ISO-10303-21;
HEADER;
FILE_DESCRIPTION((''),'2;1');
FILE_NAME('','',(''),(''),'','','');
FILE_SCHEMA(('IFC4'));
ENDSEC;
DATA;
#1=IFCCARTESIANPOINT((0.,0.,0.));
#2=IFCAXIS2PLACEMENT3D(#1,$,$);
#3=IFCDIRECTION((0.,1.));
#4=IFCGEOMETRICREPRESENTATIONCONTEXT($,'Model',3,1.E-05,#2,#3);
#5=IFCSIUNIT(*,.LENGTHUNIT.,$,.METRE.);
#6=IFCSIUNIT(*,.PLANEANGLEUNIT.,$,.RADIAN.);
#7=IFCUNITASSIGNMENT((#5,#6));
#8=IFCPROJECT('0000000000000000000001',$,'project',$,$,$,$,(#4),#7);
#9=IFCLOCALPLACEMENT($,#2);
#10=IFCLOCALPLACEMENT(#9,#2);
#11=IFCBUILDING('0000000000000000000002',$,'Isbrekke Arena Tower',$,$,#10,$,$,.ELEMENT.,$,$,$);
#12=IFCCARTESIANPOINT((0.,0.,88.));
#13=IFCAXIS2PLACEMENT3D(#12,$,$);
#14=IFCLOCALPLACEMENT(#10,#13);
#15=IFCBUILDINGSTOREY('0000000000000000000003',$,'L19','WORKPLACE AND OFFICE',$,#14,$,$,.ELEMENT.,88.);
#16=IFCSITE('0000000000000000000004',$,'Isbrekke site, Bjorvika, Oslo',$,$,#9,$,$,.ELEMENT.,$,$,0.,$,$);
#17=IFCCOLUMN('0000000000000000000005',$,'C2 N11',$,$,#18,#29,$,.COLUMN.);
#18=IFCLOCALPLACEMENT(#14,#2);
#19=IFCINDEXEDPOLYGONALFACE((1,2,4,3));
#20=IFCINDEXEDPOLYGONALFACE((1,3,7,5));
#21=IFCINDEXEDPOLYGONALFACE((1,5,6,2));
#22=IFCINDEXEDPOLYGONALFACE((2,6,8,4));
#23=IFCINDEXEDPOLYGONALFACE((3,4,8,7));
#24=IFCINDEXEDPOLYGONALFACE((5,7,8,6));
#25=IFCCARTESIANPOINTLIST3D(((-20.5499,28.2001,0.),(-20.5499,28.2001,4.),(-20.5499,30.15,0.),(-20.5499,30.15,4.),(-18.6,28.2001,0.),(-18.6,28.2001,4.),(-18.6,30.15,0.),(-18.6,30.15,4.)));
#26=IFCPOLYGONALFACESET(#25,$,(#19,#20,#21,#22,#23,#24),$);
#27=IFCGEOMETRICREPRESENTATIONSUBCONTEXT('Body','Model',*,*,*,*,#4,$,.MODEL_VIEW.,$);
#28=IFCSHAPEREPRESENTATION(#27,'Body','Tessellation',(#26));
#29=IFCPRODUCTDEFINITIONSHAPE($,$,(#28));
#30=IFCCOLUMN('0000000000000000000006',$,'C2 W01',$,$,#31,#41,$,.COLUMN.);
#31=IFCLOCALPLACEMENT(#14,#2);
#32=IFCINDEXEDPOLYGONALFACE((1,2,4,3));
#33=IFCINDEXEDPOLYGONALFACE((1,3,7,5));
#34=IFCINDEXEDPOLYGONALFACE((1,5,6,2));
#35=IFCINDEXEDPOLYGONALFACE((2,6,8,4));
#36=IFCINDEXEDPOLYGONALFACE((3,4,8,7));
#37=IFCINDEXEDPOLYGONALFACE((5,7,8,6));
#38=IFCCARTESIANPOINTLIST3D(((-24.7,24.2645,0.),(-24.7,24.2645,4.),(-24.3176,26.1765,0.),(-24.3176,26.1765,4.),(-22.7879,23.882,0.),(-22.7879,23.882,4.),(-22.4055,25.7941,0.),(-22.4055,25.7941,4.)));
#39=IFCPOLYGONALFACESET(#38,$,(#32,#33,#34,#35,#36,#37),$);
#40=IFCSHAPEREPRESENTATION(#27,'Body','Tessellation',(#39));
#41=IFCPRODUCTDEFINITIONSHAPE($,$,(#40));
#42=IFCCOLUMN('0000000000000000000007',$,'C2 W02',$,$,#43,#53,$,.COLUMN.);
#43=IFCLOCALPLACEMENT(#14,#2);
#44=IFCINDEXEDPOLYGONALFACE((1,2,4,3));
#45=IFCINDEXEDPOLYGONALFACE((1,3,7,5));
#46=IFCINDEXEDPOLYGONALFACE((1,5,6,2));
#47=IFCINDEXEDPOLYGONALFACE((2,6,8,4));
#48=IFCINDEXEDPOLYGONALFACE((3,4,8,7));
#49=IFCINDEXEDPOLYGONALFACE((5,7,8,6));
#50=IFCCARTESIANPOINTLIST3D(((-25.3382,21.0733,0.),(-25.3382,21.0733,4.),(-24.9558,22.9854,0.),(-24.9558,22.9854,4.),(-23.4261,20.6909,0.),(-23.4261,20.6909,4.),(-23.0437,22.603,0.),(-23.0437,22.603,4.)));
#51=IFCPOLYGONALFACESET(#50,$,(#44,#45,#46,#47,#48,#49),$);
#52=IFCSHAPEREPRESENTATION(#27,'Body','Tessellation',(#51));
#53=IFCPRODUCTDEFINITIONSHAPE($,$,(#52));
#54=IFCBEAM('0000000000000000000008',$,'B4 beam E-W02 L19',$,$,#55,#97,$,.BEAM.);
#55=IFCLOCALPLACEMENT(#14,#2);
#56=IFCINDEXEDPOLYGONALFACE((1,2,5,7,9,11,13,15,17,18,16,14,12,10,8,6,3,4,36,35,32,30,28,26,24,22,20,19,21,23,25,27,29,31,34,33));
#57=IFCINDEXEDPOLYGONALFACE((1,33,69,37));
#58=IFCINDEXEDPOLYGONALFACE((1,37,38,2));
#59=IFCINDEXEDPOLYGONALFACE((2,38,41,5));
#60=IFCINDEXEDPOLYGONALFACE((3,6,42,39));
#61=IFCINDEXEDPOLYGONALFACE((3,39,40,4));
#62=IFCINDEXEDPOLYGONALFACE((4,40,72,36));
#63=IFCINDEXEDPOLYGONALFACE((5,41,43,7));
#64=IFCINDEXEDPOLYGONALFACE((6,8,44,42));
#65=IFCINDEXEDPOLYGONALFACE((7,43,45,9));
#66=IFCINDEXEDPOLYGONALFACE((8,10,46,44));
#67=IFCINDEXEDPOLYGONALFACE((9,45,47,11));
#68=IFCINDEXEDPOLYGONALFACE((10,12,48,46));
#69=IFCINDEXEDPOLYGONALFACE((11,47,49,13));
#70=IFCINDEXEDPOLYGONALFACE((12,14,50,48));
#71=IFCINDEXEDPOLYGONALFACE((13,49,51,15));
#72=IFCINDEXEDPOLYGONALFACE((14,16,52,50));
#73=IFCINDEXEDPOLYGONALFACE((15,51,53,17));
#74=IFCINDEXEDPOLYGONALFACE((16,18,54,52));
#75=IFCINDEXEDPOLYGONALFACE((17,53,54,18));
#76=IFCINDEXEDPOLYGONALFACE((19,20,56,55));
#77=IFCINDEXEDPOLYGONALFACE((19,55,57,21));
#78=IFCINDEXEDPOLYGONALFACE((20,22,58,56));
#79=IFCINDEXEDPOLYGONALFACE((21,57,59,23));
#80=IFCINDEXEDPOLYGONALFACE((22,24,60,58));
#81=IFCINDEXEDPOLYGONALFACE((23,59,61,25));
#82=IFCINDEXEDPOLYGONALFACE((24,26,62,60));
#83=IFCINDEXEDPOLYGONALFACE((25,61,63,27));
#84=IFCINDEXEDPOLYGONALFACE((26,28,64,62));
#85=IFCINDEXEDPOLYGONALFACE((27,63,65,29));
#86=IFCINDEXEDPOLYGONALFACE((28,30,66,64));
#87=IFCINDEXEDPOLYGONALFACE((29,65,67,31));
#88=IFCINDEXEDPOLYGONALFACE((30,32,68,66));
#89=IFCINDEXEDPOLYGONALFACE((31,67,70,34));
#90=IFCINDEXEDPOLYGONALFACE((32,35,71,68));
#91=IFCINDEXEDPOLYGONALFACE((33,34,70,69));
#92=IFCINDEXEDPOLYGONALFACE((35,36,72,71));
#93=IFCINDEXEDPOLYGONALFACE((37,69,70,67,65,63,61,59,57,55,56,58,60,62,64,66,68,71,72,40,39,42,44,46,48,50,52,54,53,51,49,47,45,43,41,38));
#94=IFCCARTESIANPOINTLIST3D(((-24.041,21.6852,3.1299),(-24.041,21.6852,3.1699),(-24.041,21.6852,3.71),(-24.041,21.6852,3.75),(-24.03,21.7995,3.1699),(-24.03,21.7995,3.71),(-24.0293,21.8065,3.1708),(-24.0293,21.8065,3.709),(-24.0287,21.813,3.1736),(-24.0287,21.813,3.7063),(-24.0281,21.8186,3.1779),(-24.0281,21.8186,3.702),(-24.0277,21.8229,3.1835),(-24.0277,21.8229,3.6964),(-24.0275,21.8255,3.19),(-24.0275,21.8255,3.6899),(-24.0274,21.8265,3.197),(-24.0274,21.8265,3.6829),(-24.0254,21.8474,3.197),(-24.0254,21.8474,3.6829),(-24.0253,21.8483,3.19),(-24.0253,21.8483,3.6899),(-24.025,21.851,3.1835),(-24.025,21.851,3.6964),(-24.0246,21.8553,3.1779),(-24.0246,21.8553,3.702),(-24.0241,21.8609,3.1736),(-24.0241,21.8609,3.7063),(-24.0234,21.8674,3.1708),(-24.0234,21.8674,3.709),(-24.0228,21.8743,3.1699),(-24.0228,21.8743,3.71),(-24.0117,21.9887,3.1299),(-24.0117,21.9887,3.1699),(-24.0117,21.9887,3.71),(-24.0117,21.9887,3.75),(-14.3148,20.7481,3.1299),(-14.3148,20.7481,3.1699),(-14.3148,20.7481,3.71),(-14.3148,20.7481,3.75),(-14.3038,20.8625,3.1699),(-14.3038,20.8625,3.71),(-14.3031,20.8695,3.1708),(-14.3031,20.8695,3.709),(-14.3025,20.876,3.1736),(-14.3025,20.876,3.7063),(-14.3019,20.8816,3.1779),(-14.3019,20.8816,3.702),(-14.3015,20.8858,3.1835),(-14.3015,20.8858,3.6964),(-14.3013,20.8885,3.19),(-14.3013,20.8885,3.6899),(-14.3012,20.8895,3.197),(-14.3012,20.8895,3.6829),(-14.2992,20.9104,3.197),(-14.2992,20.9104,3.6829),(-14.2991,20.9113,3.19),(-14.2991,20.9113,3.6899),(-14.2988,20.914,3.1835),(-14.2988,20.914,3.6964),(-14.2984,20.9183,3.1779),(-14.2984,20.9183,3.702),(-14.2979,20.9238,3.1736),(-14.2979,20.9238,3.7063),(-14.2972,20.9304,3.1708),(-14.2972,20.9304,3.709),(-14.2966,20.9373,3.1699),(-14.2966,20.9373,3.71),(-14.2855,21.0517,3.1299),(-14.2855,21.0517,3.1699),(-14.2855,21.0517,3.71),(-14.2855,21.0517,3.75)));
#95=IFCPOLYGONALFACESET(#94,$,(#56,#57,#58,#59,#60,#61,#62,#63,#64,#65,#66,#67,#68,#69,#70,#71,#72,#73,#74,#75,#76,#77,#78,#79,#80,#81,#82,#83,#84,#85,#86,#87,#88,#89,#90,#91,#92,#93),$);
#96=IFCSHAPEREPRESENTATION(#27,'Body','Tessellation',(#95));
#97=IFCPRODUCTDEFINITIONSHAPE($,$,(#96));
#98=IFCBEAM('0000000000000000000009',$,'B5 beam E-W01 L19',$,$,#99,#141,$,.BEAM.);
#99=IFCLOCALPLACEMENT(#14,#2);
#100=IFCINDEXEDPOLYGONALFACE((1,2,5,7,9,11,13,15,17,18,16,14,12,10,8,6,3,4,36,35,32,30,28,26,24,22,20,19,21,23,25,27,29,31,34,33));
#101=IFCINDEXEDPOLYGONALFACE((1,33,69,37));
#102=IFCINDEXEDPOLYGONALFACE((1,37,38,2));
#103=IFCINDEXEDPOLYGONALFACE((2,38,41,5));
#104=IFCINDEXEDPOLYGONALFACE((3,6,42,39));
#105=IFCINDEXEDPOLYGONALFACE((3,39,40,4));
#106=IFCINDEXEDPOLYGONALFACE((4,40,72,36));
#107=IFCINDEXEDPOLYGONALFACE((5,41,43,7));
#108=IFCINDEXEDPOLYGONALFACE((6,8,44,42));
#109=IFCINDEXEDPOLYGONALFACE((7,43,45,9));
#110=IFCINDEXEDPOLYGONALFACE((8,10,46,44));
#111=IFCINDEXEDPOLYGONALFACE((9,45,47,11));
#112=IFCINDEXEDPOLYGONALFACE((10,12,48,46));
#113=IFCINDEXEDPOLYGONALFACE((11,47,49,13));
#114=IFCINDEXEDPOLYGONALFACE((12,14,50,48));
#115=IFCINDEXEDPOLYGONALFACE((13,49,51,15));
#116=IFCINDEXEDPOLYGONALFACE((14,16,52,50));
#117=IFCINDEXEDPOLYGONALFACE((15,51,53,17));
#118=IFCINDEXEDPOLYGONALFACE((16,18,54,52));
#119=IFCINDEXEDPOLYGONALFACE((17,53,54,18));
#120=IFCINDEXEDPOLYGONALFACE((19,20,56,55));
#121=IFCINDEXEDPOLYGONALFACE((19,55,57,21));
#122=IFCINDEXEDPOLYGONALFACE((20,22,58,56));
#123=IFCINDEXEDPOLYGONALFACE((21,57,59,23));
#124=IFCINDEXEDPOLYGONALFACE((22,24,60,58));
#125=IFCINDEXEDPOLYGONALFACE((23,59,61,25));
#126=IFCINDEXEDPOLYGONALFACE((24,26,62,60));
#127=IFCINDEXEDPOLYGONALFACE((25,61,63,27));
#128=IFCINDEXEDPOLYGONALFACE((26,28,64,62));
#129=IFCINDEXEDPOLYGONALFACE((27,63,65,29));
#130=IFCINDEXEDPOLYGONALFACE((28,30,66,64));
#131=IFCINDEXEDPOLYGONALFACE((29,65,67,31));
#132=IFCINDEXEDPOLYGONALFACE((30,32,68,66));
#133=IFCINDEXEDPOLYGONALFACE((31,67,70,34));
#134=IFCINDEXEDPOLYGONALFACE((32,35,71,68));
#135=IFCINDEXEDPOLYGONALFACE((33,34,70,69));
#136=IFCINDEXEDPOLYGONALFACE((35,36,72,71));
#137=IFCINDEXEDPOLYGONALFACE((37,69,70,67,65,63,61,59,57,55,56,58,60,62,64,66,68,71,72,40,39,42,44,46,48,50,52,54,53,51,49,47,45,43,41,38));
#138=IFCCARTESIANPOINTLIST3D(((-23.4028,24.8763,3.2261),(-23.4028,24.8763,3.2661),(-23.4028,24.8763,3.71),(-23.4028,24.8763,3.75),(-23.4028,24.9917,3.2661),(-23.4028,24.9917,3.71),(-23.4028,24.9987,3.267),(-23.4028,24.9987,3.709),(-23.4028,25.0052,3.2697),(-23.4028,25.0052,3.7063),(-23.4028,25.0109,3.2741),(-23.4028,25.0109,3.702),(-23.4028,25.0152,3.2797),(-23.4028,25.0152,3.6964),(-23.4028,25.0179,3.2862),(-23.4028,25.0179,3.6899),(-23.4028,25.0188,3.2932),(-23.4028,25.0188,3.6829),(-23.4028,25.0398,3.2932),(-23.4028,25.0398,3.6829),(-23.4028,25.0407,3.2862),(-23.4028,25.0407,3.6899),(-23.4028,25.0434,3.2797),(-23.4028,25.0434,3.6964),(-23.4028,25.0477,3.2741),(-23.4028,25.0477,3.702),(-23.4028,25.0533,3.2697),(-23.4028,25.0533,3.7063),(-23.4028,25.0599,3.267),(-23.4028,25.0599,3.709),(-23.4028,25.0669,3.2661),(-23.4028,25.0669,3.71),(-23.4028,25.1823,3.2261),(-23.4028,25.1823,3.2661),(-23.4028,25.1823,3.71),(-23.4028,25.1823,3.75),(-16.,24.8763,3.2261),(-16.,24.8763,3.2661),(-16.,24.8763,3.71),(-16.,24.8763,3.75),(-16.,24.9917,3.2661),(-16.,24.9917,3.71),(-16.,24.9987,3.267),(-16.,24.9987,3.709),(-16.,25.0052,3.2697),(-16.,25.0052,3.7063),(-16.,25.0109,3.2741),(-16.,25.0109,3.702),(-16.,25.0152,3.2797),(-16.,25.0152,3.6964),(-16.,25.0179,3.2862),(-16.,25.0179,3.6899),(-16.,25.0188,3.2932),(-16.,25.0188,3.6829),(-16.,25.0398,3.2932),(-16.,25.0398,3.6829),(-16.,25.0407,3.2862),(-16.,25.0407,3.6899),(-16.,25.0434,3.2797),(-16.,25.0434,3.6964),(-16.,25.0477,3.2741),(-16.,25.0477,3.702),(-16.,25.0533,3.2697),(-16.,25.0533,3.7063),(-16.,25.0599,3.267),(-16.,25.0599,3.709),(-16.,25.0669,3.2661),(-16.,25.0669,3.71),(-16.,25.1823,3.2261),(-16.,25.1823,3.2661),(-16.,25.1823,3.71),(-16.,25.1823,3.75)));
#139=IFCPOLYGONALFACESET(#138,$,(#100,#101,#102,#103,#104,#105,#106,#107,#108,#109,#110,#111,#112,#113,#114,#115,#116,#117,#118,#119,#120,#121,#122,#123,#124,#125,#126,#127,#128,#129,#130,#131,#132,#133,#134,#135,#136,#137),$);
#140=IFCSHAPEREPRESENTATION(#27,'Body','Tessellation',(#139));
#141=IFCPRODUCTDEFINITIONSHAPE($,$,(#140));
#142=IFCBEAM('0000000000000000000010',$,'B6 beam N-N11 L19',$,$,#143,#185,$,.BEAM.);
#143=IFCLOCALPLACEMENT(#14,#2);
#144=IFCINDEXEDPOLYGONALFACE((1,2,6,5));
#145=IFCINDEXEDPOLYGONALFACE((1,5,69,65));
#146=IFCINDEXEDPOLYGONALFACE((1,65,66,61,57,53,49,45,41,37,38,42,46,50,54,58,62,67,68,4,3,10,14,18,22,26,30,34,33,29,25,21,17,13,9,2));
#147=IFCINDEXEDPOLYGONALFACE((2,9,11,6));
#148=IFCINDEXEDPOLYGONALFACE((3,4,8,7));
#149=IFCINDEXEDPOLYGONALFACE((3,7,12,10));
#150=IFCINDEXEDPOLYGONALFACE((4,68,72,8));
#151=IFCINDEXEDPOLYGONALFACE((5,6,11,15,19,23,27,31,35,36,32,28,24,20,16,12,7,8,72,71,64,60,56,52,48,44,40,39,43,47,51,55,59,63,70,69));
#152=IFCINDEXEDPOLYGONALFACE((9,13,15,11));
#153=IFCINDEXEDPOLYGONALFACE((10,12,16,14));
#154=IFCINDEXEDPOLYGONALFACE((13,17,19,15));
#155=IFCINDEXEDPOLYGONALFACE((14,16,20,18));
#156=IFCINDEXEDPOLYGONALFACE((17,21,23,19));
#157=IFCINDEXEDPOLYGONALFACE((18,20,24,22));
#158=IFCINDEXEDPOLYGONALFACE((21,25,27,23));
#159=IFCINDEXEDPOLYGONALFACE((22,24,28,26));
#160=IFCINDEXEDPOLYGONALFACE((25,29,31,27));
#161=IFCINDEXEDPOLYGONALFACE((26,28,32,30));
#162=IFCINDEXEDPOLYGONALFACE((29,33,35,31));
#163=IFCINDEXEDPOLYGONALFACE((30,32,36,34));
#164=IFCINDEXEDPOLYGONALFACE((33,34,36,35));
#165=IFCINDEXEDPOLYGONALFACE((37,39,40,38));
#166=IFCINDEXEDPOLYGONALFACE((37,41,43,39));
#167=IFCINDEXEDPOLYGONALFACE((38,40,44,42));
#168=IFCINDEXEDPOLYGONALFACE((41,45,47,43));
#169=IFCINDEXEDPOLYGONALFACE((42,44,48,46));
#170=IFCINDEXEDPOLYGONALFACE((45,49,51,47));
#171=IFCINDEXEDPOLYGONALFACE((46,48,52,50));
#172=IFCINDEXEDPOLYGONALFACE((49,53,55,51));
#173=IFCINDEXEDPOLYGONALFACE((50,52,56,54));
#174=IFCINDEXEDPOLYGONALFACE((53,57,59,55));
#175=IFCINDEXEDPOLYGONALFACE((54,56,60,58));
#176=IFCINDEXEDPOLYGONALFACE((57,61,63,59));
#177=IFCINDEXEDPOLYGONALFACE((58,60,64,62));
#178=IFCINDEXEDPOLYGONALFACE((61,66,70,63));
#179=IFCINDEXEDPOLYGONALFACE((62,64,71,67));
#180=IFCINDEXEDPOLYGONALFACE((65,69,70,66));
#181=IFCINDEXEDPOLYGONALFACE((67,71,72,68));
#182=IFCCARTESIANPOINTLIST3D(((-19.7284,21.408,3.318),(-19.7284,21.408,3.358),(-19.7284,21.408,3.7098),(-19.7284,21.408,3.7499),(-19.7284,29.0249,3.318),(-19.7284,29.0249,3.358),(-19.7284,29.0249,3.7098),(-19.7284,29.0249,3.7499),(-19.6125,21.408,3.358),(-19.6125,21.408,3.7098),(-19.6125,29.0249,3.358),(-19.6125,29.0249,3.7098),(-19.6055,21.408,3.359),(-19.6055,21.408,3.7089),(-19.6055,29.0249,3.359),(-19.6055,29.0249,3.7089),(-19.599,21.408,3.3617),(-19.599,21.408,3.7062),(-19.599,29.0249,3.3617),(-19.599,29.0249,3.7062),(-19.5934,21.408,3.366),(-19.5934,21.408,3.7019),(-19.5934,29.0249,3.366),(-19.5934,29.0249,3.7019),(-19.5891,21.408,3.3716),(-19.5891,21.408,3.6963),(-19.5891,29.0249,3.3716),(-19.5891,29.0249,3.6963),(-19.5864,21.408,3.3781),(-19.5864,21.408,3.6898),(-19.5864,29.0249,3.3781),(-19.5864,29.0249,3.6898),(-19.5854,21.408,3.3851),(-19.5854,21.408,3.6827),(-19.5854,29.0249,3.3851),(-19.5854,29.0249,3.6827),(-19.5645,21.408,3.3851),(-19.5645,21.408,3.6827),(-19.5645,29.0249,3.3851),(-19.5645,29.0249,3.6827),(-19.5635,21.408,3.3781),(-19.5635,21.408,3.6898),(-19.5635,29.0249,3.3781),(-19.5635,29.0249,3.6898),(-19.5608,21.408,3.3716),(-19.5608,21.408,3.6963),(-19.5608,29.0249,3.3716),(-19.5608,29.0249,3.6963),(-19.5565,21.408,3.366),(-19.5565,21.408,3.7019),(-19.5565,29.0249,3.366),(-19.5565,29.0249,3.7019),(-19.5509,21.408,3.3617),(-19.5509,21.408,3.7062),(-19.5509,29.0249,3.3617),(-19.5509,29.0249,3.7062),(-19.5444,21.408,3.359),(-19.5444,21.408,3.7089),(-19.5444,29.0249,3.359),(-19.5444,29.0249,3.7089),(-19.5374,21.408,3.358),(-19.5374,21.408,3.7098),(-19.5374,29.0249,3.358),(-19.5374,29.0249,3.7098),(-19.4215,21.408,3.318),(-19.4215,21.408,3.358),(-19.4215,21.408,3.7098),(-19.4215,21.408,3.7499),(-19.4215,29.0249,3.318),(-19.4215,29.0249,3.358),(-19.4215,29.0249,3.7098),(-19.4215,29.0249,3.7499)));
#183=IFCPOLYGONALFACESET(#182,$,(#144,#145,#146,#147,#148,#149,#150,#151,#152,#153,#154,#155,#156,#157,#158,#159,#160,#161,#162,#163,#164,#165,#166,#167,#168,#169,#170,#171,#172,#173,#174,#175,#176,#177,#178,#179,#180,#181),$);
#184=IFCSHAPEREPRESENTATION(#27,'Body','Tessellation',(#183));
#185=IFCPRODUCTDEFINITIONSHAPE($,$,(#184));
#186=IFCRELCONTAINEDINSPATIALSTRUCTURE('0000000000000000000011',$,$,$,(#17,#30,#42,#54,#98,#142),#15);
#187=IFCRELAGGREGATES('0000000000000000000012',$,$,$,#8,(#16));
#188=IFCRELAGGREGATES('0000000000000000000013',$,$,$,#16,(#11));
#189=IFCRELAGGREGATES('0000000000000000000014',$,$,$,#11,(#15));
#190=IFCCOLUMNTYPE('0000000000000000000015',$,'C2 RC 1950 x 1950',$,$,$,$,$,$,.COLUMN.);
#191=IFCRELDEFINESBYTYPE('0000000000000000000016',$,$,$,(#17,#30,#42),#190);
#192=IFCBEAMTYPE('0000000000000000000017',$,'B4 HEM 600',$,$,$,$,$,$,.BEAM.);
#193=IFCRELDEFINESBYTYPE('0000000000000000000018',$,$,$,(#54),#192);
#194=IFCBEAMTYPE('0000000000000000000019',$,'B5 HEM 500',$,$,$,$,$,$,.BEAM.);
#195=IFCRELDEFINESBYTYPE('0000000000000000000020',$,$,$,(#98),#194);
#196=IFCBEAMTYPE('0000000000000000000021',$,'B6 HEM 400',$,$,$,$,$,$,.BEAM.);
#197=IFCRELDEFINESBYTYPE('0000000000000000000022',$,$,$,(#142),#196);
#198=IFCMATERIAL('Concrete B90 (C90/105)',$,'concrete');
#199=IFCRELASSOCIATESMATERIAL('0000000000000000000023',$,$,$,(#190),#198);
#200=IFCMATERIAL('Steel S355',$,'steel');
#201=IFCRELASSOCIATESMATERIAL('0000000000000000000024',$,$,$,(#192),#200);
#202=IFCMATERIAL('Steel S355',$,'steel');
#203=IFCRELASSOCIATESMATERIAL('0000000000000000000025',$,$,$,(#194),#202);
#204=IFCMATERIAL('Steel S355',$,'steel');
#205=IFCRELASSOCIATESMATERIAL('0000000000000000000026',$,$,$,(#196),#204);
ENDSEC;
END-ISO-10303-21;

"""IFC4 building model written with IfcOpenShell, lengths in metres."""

from ifc_helpers import new_model, si_unit, direction, frame, origin, origin_2d, place, context, subcontext, project, spatial, rectangle, i_section, extrude, material, material_profile, profile_set, type_object, element, save


model = new_model("IFC4")

# Units and contexts
model_context = context("Model", 3, precision=1e-05, world=origin(), true_north=direction((0.0, 1.0)))
body_context = subcontext(model_context, "Body", "Model", "MODEL_VIEW")
ifc_project = project(units=[si_unit("LENGTHUNIT", "METRE"), si_unit("PLANEANGLEUNIT", "RADIAN")], contexts=[model_context])

# Site, building, storey
site_placement = place(None, origin())
site = spatial("IfcSite", under=ifc_project, at=site_placement, Name="Isbrekke site, Bjorvika, Oslo", CompositionType="ELEMENT", RefElevation=0.0)
building_placement = place(site_placement, origin())
building = spatial("IfcBuilding", under=site, at=building_placement, Name="Isbrekke Arena Tower", CompositionType="ELEMENT")
storey_placement = place(building_placement, frame((0.0, 0.0, 88.0)))
storey = spatial("IfcBuildingStorey", under=building, at=storey_placement, Name="L19", Description="WORKPLACE AND OFFICE", CompositionType="ELEMENT", Elevation=88.0)

# Columns
ifc_material_1 = material(Name="Concrete B90 (C90/105)", Category="concrete")
ifc_material_profile_1 = material_profile(ifc_material_1, rectangle(XDim=1.95, YDim=1.95, at=origin_2d()), Name="RC 1950x1950")
ifc_profile_set_1 = profile_set([ifc_material_profile_1], Name="Concrete B90 (C90/105)")
column_type = type_object("IfcColumnType", Name="C2 RC 1950 x 1950", PredefinedType="COLUMN", material=ifc_profile_set_1)
for number, where, z_axis, x_axis, name in (
    (1, (-19.575, 29.175, 0.0), (0.0, 0.0, 1.0), (-1.0, 0.0, 0.0), "C2 N11"),
    (2, (-23.5527, 25.0293, 0.0), (0.0, 0.0, 1.0), (-0.196116, -0.980581, 0.0), "C2 W01"),
    (3, (-24.1909, 21.8381, 0.0), (0.0, 0.0, 1.0), (-0.196116, -0.980581, 0.0), "C2 W02"),
):
    element("IfcColumn", number, at=place(storey_placement, frame(where, z_axis=z_axis, x_axis=x_axis)), inside=storey, type_object=column_type, Name=name, PredefinedType="COLUMN", context=body_context, shape_type="SweptSolid", body=[
        extrude(rectangle(XDim=1.95, YDim=1.95, at=origin_2d()), origin(), (0.0, 0.0, 1.0), 4.0),
    ])

# Beams
ifc_material_2 = material(Name="Steel S355", Category="steel")
ifc_material_profile_2 = material_profile(ifc_material_2, i_section(OverallWidth=0.3049, OverallDepth=0.6201, WebThickness=0.021, FlangeThickness=0.04, FilletRadius=0.0271, at=origin_2d()), Name="HEM 600")
ifc_profile_set_2 = profile_set([ifc_material_profile_2], Name="Steel S355")
beam_type_1 = type_object("IfcBeamType", Name="B4 HEM 600", PredefinedType="BEAM", material=ifc_profile_set_2)
beam_1_placement = place(storey_placement, frame((-24.0264, 21.8369, 3.4399), z_axis=(0.995392, -0.095894, 0.0), x_axis=(0.095894, 0.995392, 0.0)))
element("IfcBeam", 4, at=beam_1_placement, inside=storey, type_object=beam_type_1, Name="B4 beam E-W02 L19", PredefinedType="BEAM", context=body_context, shape_type="SweptSolid", body=[
    extrude(i_section(OverallWidth=0.3049, OverallDepth=0.6201, WebThickness=0.021, FlangeThickness=0.04, FilletRadius=0.0271, at=origin_2d()), origin(), (0.0, 0.0, 1.0), 9.7712),
])
ifc_material_3 = material(Name="Steel S355", Category="steel")
ifc_material_profile_3 = material_profile(ifc_material_3, i_section(OverallWidth=0.3059, OverallDepth=0.5239, WebThickness=0.021, FlangeThickness=0.04, FilletRadius=0.0271, at=origin_2d()), Name="HEM 500")
ifc_profile_set_3 = profile_set([ifc_material_profile_3], Name="Steel S355")
beam_type_2 = type_object("IfcBeamType", Name="B5 HEM 500", PredefinedType="BEAM", material=ifc_profile_set_3)
beam_2_placement = place(storey_placement, frame((-23.4028, 25.0293, 3.488), z_axis=(1.0, 0.0, 0.0), x_axis=(0.0, 1.0, 0.0)))
element("IfcBeam", 5, at=beam_2_placement, inside=storey, type_object=beam_type_2, Name="B5 beam E-W01 L19", PredefinedType="BEAM", context=body_context, shape_type="SweptSolid", body=[
    extrude(i_section(OverallWidth=0.3059, OverallDepth=0.5239, WebThickness=0.021, FlangeThickness=0.04, FilletRadius=0.0271, at=origin_2d()), origin(), (0.0, 0.0, 1.0), 7.4028),
])
ifc_material_4 = material(Name="Steel S355", Category="steel")
ifc_material_profile_4 = material_profile(ifc_material_4, i_section(OverallWidth=0.3069, OverallDepth=0.4319, WebThickness=0.021, FlangeThickness=0.04, FilletRadius=0.0271, at=origin_2d()), Name="HEM 400")
ifc_profile_set_4 = profile_set([ifc_material_profile_4], Name="Steel S355")
beam_type_3 = type_object("IfcBeamType", Name="B6 HEM 400", PredefinedType="BEAM", material=ifc_profile_set_4)
beam_3_placement = place(storey_placement, frame((-19.575, 29.0249, 3.5339), z_axis=(0.0, -1.0, 0.0), x_axis=(1.0, 0.0, 0.0)))
element("IfcBeam", 6, at=beam_3_placement, inside=storey, type_object=beam_type_3, Name="B6 beam N-N11 L19", PredefinedType="BEAM", context=body_context, shape_type="SweptSolid", body=[
    extrude(i_section(OverallWidth=0.3069, OverallDepth=0.4319, WebThickness=0.021, FlangeThickness=0.04, FilletRadius=0.0271, at=origin_2d()), origin(), (0.0, 0.0, 1.0), 7.6169),
])

save(model, "model.ifc")
